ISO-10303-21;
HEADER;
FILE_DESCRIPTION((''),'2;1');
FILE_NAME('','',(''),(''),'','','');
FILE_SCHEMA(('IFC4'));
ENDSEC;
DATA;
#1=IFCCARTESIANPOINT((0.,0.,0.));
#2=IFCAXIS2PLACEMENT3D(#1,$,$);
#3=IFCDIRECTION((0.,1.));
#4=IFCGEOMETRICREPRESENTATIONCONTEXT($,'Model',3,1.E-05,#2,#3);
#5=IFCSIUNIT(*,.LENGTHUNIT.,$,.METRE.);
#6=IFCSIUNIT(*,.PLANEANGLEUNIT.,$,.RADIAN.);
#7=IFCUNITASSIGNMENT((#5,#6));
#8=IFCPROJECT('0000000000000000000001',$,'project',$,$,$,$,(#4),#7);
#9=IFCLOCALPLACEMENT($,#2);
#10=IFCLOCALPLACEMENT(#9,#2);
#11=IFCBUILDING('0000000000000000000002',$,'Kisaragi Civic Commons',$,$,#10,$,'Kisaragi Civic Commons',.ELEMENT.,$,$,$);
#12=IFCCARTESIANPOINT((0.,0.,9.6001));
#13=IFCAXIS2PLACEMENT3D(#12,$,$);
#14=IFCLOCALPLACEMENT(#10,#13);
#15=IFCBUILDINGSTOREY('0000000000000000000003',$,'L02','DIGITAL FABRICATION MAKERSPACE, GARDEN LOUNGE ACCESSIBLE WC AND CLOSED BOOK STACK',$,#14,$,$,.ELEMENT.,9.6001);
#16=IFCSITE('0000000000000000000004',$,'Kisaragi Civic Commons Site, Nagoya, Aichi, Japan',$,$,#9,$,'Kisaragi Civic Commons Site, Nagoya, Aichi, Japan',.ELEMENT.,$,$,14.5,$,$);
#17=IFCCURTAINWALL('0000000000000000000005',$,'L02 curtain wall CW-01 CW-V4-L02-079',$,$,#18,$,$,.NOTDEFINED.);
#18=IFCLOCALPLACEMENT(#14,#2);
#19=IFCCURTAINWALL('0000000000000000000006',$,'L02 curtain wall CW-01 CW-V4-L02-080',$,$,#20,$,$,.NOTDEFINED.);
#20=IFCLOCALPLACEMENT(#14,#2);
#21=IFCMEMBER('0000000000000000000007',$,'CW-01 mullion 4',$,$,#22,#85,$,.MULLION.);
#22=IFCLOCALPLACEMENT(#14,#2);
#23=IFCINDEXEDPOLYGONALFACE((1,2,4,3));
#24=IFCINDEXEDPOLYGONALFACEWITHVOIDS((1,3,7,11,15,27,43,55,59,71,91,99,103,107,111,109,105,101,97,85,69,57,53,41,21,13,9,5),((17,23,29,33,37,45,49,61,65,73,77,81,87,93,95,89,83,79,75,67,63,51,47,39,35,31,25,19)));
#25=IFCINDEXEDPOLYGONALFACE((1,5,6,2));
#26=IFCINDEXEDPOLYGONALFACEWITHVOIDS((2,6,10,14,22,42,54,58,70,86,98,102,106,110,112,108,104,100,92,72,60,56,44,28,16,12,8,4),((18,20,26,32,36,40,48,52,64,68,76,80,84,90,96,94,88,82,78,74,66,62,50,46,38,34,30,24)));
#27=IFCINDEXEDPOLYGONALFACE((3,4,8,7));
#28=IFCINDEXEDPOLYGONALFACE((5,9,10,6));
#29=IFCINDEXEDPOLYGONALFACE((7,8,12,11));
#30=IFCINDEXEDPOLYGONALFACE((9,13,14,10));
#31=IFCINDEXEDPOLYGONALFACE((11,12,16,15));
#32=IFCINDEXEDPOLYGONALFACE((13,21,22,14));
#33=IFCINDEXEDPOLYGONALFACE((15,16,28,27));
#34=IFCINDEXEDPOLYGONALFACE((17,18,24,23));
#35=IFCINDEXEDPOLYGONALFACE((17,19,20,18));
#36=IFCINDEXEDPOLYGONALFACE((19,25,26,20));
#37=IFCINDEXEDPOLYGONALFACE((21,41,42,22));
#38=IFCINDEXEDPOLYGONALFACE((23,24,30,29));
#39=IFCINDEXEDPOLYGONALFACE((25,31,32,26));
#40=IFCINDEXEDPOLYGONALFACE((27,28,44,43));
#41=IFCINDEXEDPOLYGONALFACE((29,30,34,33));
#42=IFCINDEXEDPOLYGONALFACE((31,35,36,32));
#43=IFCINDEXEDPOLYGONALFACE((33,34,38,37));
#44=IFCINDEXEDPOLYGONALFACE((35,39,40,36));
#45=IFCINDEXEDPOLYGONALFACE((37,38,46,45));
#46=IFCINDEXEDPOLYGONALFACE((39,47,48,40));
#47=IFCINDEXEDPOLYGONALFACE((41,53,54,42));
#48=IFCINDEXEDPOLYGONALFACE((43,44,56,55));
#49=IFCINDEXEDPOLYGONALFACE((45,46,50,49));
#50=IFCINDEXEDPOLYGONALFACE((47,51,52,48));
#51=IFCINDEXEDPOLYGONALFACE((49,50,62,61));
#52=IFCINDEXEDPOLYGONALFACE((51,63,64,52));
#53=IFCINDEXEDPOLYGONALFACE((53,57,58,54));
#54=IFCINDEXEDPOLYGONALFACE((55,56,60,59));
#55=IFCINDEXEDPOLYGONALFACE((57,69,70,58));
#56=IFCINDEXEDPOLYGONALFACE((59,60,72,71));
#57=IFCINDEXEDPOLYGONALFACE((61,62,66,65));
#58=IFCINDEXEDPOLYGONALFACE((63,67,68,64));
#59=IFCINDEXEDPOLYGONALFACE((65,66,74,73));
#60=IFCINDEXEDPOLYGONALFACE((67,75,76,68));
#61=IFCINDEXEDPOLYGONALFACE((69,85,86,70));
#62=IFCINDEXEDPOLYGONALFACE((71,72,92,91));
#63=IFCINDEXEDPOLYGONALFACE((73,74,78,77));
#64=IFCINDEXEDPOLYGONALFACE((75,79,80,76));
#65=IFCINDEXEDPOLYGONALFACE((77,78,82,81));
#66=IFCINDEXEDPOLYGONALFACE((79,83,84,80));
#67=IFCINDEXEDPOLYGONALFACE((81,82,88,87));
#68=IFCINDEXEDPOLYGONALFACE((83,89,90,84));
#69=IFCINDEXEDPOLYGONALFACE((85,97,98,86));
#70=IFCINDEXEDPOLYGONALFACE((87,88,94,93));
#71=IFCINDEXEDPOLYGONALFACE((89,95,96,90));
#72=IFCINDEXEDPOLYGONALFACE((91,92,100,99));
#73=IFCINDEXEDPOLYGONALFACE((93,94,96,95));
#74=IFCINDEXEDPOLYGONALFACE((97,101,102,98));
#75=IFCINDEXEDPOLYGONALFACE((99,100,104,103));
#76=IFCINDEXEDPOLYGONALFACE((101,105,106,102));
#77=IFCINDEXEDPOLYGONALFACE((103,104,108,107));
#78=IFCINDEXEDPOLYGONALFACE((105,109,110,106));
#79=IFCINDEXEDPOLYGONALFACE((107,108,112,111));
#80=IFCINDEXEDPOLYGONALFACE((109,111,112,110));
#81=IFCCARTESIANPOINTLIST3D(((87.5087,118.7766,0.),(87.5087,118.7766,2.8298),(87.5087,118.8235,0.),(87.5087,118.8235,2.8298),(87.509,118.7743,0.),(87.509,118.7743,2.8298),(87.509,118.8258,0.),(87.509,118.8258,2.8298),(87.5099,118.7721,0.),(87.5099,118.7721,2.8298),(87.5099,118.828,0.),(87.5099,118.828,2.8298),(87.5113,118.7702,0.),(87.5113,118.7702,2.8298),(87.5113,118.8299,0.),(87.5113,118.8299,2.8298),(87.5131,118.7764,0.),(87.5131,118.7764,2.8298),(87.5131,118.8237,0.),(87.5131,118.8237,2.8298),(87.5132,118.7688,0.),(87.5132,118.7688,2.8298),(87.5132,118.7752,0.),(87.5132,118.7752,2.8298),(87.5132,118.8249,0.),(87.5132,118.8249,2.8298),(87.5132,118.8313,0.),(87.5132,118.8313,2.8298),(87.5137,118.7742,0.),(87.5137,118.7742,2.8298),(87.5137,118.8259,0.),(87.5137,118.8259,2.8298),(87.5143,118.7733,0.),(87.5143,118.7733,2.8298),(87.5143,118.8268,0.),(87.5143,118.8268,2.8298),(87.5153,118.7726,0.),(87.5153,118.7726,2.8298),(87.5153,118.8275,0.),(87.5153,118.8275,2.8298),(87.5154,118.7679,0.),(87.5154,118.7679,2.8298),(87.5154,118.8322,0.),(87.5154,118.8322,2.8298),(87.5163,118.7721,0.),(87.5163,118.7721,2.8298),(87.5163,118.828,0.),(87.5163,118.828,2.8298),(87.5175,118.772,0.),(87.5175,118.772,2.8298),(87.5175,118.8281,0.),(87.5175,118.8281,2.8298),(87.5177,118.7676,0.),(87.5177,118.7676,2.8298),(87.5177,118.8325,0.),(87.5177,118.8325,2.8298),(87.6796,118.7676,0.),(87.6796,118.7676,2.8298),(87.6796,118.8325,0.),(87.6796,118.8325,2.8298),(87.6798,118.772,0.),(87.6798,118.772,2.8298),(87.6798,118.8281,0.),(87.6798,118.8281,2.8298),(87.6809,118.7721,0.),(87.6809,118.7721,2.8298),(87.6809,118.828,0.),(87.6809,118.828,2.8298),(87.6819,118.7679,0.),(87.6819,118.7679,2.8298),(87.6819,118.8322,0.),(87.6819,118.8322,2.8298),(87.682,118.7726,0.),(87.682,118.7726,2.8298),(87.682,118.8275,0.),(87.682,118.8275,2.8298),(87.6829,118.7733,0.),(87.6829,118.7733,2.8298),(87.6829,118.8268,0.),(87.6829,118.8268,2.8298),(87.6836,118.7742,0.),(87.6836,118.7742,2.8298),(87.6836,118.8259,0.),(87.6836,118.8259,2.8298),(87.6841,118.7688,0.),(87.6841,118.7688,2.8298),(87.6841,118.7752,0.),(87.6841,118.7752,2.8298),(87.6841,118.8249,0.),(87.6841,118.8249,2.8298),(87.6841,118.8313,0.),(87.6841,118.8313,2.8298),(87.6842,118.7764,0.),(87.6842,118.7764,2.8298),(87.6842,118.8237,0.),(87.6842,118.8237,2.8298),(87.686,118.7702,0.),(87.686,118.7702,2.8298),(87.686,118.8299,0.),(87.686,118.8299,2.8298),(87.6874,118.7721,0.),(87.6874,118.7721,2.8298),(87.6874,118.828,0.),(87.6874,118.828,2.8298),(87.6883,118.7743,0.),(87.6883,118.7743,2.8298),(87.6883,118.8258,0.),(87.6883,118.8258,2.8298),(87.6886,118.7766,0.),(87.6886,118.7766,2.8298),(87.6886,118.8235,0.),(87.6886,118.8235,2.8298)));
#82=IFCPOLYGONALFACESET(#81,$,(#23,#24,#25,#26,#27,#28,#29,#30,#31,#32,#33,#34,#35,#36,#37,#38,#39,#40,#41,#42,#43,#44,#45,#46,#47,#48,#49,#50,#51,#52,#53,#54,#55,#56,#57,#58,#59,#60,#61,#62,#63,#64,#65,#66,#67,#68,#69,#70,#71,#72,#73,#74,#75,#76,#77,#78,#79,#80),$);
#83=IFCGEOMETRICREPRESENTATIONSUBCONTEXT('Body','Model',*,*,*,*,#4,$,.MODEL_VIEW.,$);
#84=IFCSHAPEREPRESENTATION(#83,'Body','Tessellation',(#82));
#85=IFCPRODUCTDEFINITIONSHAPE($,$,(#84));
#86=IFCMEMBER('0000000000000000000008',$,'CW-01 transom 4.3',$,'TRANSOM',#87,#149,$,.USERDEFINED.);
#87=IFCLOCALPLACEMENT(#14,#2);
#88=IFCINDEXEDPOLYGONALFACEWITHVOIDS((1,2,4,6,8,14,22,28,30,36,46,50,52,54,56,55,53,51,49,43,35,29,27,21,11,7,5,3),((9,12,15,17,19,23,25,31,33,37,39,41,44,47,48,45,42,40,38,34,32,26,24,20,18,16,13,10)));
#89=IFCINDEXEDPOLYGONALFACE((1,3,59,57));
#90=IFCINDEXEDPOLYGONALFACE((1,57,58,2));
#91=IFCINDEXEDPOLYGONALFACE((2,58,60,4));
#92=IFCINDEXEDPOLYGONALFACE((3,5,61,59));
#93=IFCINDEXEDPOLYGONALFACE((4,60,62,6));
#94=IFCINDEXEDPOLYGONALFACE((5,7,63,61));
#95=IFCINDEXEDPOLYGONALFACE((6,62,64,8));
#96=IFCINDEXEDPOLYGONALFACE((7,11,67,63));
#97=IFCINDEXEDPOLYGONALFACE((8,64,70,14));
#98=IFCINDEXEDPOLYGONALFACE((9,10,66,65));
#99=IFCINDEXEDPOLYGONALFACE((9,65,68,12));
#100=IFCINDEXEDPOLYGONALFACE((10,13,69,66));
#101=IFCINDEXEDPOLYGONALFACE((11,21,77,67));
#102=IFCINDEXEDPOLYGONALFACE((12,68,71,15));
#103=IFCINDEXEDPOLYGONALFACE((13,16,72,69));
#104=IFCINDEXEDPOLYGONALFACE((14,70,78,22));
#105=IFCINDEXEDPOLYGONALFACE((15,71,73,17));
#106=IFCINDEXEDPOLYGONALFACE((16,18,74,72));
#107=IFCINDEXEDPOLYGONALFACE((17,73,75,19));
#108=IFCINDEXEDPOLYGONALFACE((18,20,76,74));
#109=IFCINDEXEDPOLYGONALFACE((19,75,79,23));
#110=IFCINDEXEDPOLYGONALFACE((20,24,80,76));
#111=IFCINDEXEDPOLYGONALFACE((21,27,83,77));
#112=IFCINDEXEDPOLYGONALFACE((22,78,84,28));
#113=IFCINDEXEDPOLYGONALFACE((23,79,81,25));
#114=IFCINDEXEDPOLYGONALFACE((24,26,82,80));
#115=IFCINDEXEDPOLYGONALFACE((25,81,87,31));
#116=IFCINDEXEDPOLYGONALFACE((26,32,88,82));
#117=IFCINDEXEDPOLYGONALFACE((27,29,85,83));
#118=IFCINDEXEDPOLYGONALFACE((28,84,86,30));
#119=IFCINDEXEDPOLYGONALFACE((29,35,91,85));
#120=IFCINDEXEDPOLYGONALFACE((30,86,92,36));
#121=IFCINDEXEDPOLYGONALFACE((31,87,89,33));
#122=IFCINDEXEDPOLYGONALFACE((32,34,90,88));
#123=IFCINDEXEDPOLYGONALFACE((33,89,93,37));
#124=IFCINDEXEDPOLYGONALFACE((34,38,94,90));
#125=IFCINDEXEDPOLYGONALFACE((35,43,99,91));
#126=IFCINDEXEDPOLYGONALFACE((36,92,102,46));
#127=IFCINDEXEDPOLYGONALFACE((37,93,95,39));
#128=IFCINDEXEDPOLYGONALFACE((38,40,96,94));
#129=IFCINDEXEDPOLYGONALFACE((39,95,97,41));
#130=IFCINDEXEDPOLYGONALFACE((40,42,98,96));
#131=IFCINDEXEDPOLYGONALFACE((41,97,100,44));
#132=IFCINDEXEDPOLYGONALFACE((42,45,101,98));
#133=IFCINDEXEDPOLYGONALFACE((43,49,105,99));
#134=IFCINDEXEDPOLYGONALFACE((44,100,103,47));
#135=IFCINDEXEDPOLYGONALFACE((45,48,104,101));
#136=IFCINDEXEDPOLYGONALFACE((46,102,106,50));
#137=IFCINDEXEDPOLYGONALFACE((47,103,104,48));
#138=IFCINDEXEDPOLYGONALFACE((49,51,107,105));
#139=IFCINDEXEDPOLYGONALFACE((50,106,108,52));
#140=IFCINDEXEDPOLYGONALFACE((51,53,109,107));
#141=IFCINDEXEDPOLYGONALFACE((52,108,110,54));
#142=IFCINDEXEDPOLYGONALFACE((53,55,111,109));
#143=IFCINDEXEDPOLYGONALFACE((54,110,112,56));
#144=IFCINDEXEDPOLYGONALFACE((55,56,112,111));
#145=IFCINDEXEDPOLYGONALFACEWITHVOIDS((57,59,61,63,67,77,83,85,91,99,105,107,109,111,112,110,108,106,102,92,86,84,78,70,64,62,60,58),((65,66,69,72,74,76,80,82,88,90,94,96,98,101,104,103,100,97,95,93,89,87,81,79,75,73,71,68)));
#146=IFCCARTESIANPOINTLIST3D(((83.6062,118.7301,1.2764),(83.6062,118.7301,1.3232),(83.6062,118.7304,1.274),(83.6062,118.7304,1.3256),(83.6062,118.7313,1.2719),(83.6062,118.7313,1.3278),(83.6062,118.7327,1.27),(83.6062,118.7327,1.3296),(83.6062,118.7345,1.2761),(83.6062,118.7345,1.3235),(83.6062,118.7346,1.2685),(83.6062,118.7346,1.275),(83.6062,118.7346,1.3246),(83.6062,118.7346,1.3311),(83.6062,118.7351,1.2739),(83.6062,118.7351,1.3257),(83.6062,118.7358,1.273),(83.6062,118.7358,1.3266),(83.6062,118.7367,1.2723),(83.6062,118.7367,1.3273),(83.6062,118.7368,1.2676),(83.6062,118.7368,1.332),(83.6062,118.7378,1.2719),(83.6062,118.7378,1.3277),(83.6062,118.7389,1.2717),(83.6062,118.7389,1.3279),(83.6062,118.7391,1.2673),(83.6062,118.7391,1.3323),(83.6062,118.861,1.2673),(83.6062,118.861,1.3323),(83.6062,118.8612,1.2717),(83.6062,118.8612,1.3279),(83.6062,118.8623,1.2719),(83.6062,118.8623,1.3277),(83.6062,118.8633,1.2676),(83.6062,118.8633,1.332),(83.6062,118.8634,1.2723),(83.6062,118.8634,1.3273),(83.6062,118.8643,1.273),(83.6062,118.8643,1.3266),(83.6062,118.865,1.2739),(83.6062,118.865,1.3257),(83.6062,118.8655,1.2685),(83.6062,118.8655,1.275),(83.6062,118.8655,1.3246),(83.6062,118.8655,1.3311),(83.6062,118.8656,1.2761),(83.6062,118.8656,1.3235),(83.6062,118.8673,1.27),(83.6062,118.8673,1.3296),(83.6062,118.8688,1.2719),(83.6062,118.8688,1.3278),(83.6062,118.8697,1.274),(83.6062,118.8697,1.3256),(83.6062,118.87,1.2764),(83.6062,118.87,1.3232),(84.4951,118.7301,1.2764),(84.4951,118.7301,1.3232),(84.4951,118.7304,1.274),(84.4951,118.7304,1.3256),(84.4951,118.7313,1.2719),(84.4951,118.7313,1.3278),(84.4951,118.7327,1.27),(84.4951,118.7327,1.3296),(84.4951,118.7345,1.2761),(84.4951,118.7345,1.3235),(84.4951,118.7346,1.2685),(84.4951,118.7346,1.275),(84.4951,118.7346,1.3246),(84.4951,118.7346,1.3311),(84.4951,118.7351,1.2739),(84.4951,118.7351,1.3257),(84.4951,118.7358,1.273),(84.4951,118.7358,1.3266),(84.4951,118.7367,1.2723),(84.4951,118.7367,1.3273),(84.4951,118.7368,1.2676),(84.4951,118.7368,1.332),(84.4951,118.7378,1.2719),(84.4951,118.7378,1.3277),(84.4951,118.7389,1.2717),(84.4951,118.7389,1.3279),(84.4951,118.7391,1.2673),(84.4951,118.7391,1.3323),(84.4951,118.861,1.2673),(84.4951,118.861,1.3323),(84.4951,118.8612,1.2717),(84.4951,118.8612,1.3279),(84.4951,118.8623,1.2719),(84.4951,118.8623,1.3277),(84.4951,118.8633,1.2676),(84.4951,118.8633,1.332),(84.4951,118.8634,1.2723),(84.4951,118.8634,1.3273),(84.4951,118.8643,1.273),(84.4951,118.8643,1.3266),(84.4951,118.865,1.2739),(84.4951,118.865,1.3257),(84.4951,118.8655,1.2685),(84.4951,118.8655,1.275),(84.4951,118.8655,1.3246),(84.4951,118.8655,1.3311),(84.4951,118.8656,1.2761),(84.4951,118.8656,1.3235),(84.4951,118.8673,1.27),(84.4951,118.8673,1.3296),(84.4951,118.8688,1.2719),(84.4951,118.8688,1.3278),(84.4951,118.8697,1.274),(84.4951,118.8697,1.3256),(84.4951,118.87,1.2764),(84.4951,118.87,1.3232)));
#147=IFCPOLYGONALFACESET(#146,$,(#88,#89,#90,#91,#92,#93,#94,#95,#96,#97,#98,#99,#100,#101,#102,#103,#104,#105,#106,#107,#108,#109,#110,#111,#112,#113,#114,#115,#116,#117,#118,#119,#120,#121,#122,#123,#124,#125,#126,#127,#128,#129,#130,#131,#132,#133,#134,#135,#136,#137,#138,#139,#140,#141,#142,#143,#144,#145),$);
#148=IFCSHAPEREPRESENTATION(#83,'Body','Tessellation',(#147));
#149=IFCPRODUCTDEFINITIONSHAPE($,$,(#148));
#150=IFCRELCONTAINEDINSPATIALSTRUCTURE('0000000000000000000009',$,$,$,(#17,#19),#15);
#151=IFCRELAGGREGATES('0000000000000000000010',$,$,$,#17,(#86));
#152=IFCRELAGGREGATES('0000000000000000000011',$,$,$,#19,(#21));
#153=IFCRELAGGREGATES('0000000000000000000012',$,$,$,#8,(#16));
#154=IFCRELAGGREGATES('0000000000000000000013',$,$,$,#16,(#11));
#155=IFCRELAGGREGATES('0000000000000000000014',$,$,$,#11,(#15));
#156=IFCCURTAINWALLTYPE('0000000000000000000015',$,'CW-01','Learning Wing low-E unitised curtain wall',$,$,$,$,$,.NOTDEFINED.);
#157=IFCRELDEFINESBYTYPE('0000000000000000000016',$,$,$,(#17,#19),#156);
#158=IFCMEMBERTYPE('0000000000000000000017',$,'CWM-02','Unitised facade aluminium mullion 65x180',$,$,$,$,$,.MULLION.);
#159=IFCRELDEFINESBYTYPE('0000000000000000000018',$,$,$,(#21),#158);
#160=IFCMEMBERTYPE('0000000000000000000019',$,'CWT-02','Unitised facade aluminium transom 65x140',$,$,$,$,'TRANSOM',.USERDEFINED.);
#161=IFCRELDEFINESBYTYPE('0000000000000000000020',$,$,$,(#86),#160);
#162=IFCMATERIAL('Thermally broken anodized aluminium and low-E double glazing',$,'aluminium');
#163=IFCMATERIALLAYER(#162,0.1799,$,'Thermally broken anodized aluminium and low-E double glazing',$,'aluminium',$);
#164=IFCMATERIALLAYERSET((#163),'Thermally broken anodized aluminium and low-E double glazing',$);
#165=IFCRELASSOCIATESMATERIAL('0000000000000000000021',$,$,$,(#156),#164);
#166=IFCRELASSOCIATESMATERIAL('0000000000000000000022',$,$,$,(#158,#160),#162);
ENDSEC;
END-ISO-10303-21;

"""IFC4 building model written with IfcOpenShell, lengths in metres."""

from ifc_helpers import new_model, si_unit, direction, frame, origin, origin_2d, place, context, subcontext, project, spatial, hollow_rectangle, extrude, material, layer, layer_set, material_profile, profile_set, type_object, element, aggregate, save


model = new_model("IFC4")

# Units and contexts
model_context = context("Model", 3, precision=1e-05, world=origin(), true_north=direction((0.0, 1.0)))
body_context = subcontext(model_context, "Body", "Model", "MODEL_VIEW")
ifc_project = project(units=[si_unit("LENGTHUNIT", "METRE"), si_unit("PLANEANGLEUNIT", "RADIAN")], contexts=[model_context])

# Site, building, storey
site_placement = place(None, origin())
site = spatial("IfcSite", under=ifc_project, at=site_placement, Name="Kisaragi Civic Commons Site, Nagoya, Aichi, Japan", LongName="Kisaragi Civic Commons Site, Nagoya, Aichi, Japan", CompositionType="ELEMENT", RefElevation=14.5)
building_placement = place(site_placement, origin())
building = spatial("IfcBuilding", under=site, at=building_placement, Name="Kisaragi Civic Commons", LongName="Kisaragi Civic Commons", CompositionType="ELEMENT")
storey_placement = place(building_placement, frame((0.0, 0.0, 9.6001)))
storey = spatial("IfcBuildingStorey", under=building, at=storey_placement, Name="L02", Description="DIGITAL FABRICATION MAKERSPACE, GARDEN LOUNGE ACCESSIBLE WC AND CLOSED BOOK STACK", CompositionType="ELEMENT", Elevation=9.6001)

# Curtain wall
ifc_material_1 = material(Name="Thermally broken anodized aluminium and low-E double glazing", Category="aluminium")
ifc_layer_1 = layer(ifc_material_1, 0.1799, Name="Thermally broken anodized aluminium and low-E double glazing", Category="aluminium")
ifc_layer_set_1 = layer_set([ifc_layer_1], Name="Thermally broken anodized aluminium and low-E double glazing")
curtain_wall_type = type_object("IfcCurtainWallType", Name="CW-01", Description="Learning Wing low-E unitised curtain wall", PredefinedType="NOTDEFINED", material=ifc_layer_set_1)
curtain_wall_1_placement = place(storey_placement, origin())
curtain_wall_1 = element("IfcCurtainWall", 1, at=curtain_wall_1_placement, inside=storey, type_object=curtain_wall_type, Name="L02 curtain wall CW-01 CW-V4-L02-079", PredefinedType="NOTDEFINED")
ifc_material_profile_1 = material_profile(ifc_material_1, hollow_rectangle(XDim=0.0649, YDim=0.1799, WallThickness=0.0044, InnerFilletRadius=0.0044, OuterFilletRadius=0.009, at=origin_2d()), Name="CWM-65x180x4.5", Category="aluminium")
ifc_profile_set_1 = profile_set([ifc_material_profile_1], Name="Thermally broken anodized aluminium and low-E double glazing")
member_type_1 = type_object("IfcMemberType", Name="CWM-02", Description="Unitised facade aluminium mullion 65x180", PredefinedType="MULLION", material=ifc_profile_set_1)

# Curtain wall, member
curtain_wall_2_placement = place(storey_placement, origin())
curtain_wall_2 = element("IfcCurtainWall", 2, at=curtain_wall_2_placement, inside=storey, type_object=curtain_wall_type, Name="L02 curtain wall CW-01 CW-V4-L02-080", PredefinedType="NOTDEFINED")
member_1_placement = place(storey_placement, frame((87.5986, 118.8, 0.0), z_axis=(0.0, 0.0, 1.0), x_axis=(0.0, 1.0, 0.0)))
member_1 = element("IfcMember", 3, at=member_1_placement, type_object=member_type_1, Name="CW-01 mullion 4", PredefinedType="MULLION", context=body_context, shape_type="SweptSolid", body=[
    extrude(hollow_rectangle(XDim=0.0649, YDim=0.1799, WallThickness=0.0044, InnerFilletRadius=0.0044, OuterFilletRadius=0.009, at=origin_2d()), origin(), (0.0, 0.0, 1.0), 2.8298),
])

# Member
ifc_material_profile_2 = material_profile(ifc_material_1, hollow_rectangle(XDim=0.1399, YDim=0.0649, WallThickness=0.0044, InnerFilletRadius=0.0044, OuterFilletRadius=0.009, at=origin_2d()), Name="CWT-65x140x4.5", Category="aluminium")
ifc_profile_set_2 = profile_set([ifc_material_profile_2], Name="Thermally broken anodized aluminium and low-E double glazing")
member_type_2 = type_object("IfcMemberType", Name="CWT-02", Description="Unitised facade aluminium transom 65x140", ElementType="TRANSOM", PredefinedType="USERDEFINED", material=ifc_profile_set_2)
member_2_placement = place(storey_placement, frame((83.6062, 118.8, 1.2998), z_axis=(1.0, 0.0, 0.0), x_axis=(0.0, 1.0, 0.0)))
member_2 = element("IfcMember", 4, at=member_2_placement, type_object=member_type_2, Name="CW-01 transom 4.3", ObjectType="TRANSOM", PredefinedType="USERDEFINED", context=body_context, shape_type="SweptSolid", body=[
    extrude(hollow_rectangle(XDim=0.1399, YDim=0.0649, WallThickness=0.0044, InnerFilletRadius=0.0044, OuterFilletRadius=0.009, at=origin_2d()), origin(), (0.0, 0.0, 1.0), 0.8889),
])

aggregate(curtain_wall_1, [member_2])
aggregate(curtain_wall_2, [member_1])

save(model, "model.ifc")
